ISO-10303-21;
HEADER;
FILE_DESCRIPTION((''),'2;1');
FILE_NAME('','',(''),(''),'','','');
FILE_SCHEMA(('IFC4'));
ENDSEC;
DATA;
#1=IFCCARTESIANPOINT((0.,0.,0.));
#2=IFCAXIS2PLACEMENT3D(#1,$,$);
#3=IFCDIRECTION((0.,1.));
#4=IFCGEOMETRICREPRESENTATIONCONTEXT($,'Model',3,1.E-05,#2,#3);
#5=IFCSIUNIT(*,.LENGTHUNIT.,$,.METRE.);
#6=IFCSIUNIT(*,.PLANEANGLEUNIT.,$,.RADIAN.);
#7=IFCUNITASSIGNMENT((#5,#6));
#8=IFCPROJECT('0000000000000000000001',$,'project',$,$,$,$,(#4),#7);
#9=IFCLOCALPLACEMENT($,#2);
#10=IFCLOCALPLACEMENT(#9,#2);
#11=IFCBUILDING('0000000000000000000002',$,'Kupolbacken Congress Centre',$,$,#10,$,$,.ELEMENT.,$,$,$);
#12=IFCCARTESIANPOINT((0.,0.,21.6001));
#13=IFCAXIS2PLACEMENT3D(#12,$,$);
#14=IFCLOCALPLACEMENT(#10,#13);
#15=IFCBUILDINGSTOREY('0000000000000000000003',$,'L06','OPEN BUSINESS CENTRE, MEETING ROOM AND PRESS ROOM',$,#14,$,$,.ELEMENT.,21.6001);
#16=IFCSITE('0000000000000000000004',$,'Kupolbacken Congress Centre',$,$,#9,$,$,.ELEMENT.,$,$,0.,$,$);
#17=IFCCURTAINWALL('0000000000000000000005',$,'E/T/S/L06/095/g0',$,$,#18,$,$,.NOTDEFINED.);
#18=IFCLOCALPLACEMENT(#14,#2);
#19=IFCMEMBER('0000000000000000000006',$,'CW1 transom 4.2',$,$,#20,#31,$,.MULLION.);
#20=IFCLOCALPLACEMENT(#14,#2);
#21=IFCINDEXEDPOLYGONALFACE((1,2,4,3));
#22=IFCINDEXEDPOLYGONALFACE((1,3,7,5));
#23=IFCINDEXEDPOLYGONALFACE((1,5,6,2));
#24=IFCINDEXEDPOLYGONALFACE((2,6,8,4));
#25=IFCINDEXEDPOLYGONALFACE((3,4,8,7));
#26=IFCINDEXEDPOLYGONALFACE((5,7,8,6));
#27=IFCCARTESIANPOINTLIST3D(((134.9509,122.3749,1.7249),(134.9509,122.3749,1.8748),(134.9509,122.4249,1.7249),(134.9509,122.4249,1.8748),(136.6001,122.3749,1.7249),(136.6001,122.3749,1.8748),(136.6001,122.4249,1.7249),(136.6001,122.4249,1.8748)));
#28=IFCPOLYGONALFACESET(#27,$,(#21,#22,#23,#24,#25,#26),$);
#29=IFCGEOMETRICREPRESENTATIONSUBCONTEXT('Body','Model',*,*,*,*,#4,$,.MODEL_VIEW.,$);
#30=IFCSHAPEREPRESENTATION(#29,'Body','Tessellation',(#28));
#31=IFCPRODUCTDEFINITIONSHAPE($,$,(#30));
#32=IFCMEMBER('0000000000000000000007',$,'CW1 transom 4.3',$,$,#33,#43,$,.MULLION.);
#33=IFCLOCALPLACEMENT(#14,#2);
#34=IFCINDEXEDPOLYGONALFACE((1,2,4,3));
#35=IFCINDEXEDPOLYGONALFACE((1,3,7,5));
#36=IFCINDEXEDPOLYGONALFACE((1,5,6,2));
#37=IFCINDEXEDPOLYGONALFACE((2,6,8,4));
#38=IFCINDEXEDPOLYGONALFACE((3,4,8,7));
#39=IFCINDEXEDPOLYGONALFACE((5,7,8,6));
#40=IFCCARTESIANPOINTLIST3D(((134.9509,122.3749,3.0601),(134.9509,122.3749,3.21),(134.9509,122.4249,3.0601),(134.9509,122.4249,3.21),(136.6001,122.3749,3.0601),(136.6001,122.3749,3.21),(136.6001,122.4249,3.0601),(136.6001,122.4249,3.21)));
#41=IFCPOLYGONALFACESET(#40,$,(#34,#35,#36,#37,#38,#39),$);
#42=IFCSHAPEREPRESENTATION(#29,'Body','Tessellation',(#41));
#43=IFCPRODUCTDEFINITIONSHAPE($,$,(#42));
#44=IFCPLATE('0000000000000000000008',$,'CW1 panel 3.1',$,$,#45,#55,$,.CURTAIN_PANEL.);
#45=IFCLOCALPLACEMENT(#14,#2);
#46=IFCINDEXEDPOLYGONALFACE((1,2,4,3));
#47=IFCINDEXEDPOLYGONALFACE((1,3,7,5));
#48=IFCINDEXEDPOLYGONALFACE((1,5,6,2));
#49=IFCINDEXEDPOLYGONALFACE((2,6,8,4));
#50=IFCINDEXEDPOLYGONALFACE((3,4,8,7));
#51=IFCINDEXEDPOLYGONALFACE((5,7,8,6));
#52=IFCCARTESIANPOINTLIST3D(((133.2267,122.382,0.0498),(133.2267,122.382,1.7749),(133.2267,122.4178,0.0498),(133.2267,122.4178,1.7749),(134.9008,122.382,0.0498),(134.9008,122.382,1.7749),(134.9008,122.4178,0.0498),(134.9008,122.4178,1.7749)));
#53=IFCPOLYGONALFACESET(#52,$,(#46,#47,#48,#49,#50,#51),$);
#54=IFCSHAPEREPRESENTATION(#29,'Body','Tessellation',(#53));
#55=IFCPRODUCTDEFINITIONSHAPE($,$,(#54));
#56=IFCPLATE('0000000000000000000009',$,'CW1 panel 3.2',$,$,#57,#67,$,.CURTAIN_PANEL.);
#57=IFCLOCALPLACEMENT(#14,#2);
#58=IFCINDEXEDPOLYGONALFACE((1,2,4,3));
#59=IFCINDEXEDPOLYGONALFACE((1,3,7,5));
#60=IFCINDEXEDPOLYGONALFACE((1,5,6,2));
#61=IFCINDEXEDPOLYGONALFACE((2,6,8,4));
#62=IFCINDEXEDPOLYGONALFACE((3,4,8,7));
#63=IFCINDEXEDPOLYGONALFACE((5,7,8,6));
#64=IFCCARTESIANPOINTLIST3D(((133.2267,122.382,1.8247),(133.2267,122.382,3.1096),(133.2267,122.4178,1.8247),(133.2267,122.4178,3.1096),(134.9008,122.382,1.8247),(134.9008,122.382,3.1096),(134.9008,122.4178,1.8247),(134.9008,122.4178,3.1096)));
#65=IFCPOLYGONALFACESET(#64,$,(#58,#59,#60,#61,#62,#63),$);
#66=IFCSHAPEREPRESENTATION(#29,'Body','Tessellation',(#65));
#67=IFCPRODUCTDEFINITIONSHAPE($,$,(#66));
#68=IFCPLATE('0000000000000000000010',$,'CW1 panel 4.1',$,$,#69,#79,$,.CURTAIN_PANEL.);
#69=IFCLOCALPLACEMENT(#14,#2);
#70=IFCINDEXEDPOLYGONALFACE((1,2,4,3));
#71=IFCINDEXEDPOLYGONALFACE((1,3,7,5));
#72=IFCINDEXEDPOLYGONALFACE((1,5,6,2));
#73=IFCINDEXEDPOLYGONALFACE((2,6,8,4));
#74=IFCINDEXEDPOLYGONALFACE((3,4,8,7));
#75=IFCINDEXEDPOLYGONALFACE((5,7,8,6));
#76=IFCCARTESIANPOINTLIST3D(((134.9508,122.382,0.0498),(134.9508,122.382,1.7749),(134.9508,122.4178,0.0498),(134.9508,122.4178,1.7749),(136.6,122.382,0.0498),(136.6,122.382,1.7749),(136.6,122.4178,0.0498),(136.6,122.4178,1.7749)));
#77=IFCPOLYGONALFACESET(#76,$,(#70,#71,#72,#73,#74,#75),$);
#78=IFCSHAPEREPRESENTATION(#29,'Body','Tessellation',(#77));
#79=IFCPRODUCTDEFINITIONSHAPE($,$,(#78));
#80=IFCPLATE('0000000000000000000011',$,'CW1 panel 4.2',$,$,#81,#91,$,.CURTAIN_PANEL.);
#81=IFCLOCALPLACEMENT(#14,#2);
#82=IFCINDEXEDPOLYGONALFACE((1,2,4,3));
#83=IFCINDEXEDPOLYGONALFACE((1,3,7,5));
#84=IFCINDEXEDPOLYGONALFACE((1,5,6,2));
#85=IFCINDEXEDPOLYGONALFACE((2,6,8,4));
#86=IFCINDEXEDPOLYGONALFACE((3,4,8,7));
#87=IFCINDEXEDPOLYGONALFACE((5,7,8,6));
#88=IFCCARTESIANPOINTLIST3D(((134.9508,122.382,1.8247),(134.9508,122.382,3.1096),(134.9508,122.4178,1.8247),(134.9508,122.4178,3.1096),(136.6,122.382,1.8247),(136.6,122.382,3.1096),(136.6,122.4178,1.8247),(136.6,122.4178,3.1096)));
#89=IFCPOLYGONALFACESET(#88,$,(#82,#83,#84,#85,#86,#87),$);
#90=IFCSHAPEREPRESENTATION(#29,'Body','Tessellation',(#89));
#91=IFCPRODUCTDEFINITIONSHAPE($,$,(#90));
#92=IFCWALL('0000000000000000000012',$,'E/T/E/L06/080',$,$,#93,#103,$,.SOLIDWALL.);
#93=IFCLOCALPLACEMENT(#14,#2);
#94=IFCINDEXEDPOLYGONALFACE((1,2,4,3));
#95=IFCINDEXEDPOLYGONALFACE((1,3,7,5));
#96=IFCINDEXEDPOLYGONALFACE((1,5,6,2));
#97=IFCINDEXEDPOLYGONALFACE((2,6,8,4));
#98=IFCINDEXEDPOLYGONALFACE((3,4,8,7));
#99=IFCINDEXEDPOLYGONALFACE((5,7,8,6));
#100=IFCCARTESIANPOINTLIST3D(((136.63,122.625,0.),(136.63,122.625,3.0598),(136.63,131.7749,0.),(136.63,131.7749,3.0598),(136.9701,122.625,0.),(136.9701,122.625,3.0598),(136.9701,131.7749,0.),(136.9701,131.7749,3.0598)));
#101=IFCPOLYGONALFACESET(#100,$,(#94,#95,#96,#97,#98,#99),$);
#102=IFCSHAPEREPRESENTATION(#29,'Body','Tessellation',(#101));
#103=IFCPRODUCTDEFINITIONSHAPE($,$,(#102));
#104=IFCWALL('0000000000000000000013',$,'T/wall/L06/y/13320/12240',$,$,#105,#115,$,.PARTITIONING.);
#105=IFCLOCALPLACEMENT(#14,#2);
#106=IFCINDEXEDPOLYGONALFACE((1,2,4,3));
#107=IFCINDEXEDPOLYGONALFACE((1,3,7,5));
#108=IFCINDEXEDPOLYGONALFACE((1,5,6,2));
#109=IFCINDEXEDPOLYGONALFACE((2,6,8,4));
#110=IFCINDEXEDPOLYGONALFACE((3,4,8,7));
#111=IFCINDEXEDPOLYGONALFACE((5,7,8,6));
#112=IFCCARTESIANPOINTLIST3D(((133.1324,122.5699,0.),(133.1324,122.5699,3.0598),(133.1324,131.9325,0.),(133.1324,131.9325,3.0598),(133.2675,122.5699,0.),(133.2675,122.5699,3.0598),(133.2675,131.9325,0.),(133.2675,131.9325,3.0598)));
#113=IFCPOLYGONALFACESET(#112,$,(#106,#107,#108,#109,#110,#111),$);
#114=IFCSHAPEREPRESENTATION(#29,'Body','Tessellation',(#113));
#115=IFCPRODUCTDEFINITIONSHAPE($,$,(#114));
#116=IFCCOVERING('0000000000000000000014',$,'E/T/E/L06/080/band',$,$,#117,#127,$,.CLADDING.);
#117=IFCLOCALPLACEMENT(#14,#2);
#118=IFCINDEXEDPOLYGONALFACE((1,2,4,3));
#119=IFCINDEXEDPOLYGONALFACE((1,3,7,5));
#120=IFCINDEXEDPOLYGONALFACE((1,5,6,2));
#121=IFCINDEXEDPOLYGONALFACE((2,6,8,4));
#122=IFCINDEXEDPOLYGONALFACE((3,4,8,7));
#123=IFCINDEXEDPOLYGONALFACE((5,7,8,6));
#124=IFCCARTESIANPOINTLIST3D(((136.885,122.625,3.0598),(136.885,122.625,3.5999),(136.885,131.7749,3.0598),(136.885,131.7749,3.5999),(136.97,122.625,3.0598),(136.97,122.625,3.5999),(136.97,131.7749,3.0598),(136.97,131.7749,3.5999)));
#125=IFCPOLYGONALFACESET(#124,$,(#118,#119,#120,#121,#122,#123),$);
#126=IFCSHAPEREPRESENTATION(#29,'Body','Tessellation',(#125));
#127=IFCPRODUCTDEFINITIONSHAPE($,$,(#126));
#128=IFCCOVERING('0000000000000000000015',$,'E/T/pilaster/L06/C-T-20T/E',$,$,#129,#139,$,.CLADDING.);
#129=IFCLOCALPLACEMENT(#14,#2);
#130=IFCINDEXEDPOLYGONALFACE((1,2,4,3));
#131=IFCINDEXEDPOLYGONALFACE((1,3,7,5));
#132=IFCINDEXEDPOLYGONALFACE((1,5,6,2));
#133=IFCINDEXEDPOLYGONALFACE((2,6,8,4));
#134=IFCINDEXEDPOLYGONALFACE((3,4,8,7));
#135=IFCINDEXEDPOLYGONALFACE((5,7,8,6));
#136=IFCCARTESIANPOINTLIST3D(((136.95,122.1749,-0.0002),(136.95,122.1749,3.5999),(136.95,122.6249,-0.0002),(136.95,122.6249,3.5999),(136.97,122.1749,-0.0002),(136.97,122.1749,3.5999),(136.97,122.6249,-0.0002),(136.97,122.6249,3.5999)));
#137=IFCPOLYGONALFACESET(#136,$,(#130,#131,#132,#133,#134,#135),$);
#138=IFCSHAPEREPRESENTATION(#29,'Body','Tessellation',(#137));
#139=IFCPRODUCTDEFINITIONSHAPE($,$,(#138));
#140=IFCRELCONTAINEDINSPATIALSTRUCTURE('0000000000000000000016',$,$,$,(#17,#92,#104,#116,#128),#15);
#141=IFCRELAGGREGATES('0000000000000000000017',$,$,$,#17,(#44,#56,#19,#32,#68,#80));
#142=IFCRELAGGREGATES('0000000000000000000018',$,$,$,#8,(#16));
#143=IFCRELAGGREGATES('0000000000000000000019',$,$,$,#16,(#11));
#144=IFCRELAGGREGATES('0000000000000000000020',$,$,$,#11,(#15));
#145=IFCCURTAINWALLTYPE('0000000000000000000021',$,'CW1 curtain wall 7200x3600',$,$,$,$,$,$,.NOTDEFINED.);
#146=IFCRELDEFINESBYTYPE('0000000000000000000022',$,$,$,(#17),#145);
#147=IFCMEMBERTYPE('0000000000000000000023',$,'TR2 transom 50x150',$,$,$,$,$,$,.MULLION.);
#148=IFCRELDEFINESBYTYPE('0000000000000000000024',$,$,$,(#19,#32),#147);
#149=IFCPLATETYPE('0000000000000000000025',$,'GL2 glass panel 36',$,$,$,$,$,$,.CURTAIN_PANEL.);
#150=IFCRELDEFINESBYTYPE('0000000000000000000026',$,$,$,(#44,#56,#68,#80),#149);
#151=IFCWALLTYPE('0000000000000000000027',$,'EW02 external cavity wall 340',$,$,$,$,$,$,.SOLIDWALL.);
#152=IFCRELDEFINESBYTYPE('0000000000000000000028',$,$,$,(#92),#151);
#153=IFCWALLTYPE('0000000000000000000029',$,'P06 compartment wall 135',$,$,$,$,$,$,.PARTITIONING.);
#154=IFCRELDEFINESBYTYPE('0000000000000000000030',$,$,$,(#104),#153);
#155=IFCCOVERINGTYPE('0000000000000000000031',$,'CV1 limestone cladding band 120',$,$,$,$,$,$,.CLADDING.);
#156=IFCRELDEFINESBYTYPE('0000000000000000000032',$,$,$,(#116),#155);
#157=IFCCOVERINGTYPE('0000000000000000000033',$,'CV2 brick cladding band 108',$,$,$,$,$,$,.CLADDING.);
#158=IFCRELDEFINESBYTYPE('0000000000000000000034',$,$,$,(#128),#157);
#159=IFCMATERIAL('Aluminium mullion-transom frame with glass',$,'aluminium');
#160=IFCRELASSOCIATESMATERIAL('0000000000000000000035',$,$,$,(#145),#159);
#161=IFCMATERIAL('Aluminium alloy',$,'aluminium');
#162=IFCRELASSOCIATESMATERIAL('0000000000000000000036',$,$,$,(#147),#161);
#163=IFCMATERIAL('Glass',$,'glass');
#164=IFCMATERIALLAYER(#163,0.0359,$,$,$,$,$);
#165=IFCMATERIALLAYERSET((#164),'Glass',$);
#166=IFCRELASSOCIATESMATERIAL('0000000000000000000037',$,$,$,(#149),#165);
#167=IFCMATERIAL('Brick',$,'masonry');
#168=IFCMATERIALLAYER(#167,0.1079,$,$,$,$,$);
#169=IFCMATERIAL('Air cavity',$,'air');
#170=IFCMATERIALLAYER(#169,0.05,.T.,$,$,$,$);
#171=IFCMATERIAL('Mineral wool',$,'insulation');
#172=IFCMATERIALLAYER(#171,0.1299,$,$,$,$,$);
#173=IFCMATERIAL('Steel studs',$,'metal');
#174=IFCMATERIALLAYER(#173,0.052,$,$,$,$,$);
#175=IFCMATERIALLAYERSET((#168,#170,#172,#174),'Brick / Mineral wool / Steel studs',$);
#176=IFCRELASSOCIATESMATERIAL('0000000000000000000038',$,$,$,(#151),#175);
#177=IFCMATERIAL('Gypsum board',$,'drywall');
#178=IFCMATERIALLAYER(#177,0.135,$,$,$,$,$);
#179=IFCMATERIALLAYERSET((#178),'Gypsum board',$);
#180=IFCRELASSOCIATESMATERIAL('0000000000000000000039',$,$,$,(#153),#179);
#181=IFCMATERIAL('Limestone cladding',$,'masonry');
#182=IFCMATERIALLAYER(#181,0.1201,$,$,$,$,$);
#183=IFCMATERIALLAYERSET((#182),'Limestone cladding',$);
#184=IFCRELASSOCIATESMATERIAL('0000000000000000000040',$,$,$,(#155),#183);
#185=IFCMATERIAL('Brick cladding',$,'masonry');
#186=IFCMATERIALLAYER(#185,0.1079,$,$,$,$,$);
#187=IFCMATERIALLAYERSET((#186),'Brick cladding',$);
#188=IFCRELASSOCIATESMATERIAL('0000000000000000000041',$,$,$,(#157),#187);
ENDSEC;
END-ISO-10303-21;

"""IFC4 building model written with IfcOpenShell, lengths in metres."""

from ifc_helpers import new_model, si_unit, direction, frame, frame_2d, origin, origin_2d, place, context, subcontext, project, spatial, rectangle, extrude, material, layer, layer_set, material_profile, profile_set, type_object, element, aggregate, save


model = new_model("IFC4")

# Units and contexts
model_context = context("Model", 3, precision=1e-05, world=origin(), true_north=direction((0.0, 1.0)))
body_context = subcontext(model_context, "Body", "Model", "MODEL_VIEW")
ifc_project = project(units=[si_unit("LENGTHUNIT", "METRE"), si_unit("PLANEANGLEUNIT", "RADIAN")], contexts=[model_context])

# Site, building, storey
site_placement = place(None, origin())
site = spatial("IfcSite", under=ifc_project, at=site_placement, Name="Kupolbacken Congress Centre", CompositionType="ELEMENT", RefElevation=0.0)
building_placement = place(site_placement, origin())
building = spatial("IfcBuilding", under=site, at=building_placement, Name="Kupolbacken Congress Centre", CompositionType="ELEMENT")
storey_placement = place(building_placement, frame((0.0, 0.0, 21.6001)))
storey = spatial("IfcBuildingStorey", under=building, at=storey_placement, Name="L06", Description="OPEN BUSINESS CENTRE, MEETING ROOM AND PRESS ROOM", CompositionType="ELEMENT", Elevation=21.6001)

# Curtain wall, members, plates
ifc_material_1 = material(Name="Aluminium mullion-transom frame with glass", Category="aluminium")
curtain_wall_type = type_object("IfcCurtainWallType", Name="CW1 curtain wall 7200x3600", PredefinedType="NOTDEFINED", material=ifc_material_1)
curtain_wall_placement = place(storey_placement, origin())
curtain_wall = element("IfcCurtainWall", 1, at=curtain_wall_placement, inside=storey, type_object=curtain_wall_type, Name="E/T/S/L06/095/g0", PredefinedType="NOTDEFINED")
ifc_material_2 = material(Name="Aluminium alloy", Category="aluminium")
ifc_material_profile_1 = material_profile(ifc_material_2, rectangle(XDim=0.05, YDim=0.1499, at=origin_2d()), Name="50 x 150")
ifc_profile_set_1 = profile_set([ifc_material_profile_1], Name="Aluminium alloy")
member_type_1 = type_object("IfcMemberType", Name="TR2 transom 50x150", PredefinedType="MULLION", material=ifc_profile_set_1)
member_1_placement = place(storey_placement, frame((134.9509, 122.3999, 1.7998), z_axis=(1.0, 0.0, 0.0), x_axis=(0.0, 1.0, 0.0)))
member_1 = element("IfcMember", 2, at=member_1_placement, type_object=member_type_1, Name="CW1 transom 4.2", PredefinedType="MULLION", context=body_context, shape_type="SweptSolid", body=[
    extrude(rectangle(XDim=0.05, YDim=0.1499, at=origin_2d()), origin(), (0.0, 0.0, 1.0), 1.6492),
])
member_2_placement = place(storey_placement, frame((134.9509, 122.3999, 3.135), z_axis=(1.0, 0.0, 0.0), x_axis=(0.0, 1.0, 0.0)))
member_2 = element("IfcMember", 3, at=member_2_placement, type_object=member_type_1, Name="CW1 transom 4.3", PredefinedType="MULLION", context=body_context, shape_type="SweptSolid", body=[
    extrude(rectangle(XDim=0.05, YDim=0.1499, at=origin_2d()), origin(), (0.0, 0.0, 1.0), 1.6492),
])
ifc_material_3 = material(Name="Glass", Category="glass")
ifc_layer_1 = layer(ifc_material_3, 0.0359)
ifc_layer_set_1 = layer_set([ifc_layer_1], Name="Glass")
plate_type = type_object("IfcPlateType", Name="GL2 glass panel 36", PredefinedType="CURTAIN_PANEL", material=ifc_layer_set_1)
plate_1_placement = place(storey_placement, frame((134.0637, 122.3999, 0.0498), z_axis=(0.0, 0.0, 1.0), x_axis=(1.0, 0.0, 0.0)))
plate_1 = element("IfcPlate", 4, at=plate_1_placement, type_object=plate_type, Name="CW1 panel 3.1", PredefinedType="CURTAIN_PANEL", context=body_context, shape_type="SweptSolid", body=[
    extrude(rectangle(XDim=1.6741, YDim=0.0359, at=origin_2d()), origin(), (0.0, 0.0, 1.0), 1.7251),
])
plate_2_placement = place(storey_placement, frame((134.0637, 122.3999, 1.8247), z_axis=(0.0, 0.0, 1.0), x_axis=(1.0, 0.0, 0.0)))
plate_2 = element("IfcPlate", 5, at=plate_2_placement, type_object=plate_type, Name="CW1 panel 3.2", PredefinedType="CURTAIN_PANEL", context=body_context, shape_type="SweptSolid", body=[
    extrude(rectangle(XDim=1.6741, YDim=0.0359, at=origin_2d()), origin(), (0.0, 0.0, 1.0), 1.2849),
])
plate_3_placement = place(storey_placement, frame((135.7754, 122.3999, 0.0498), z_axis=(0.0, 0.0, 1.0), x_axis=(1.0, 0.0, 0.0)))
plate_3 = element("IfcPlate", 6, at=plate_3_placement, type_object=plate_type, Name="CW1 panel 4.1", PredefinedType="CURTAIN_PANEL", context=body_context, shape_type="SweptSolid", body=[
    extrude(rectangle(XDim=1.6492, YDim=0.0359, at=origin_2d()), origin(), (0.0, 0.0, 1.0), 1.7251),
])
plate_4_placement = place(storey_placement, frame((135.7754, 122.3999, 1.8247), z_axis=(0.0, 0.0, 1.0), x_axis=(1.0, 0.0, 0.0)))
plate_4 = element("IfcPlate", 7, at=plate_4_placement, type_object=plate_type, Name="CW1 panel 4.2", PredefinedType="CURTAIN_PANEL", context=body_context, shape_type="SweptSolid", body=[
    extrude(rectangle(XDim=1.6492, YDim=0.0359, at=origin_2d()), origin(), (0.0, 0.0, 1.0), 1.2849),
])
aggregate(curtain_wall, [plate_1, plate_2, member_1, member_2, plate_3, plate_4])

# Walls
ifc_material_4 = material(Name="Brick", Category="masonry")
ifc_layer_2 = layer(ifc_material_4, 0.1079)
ifc_material_5 = material(Name="Air cavity", Category="air")
ifc_layer_3 = layer(ifc_material_5, 0.05, ventilated=True)
ifc_material_6 = material(Name="Mineral wool", Category="insulation")
ifc_layer_4 = layer(ifc_material_6, 0.1299)
ifc_material_7 = material(Name="Steel studs", Category="metal")
ifc_layer_5 = layer(ifc_material_7, 0.052)
ifc_layer_set_2 = layer_set([ifc_layer_2, ifc_layer_3, ifc_layer_4, ifc_layer_5], Name="Brick / Mineral wool / Steel studs")
wall_type_1 = type_object("IfcWallType", Name="EW02 external cavity wall 340", PredefinedType="SOLIDWALL", material=ifc_layer_set_2)
wall_1_placement = place(storey_placement, frame((136.8, 122.625, 0.0), z_axis=(0.0, 0.0, 1.0), x_axis=(0.0, 1.0, 0.0)))
element("IfcWall", 8, at=wall_1_placement, inside=storey, type_object=wall_type_1, Name="E/T/E/L06/080", PredefinedType="SOLIDWALL", context=body_context, shape_type="SweptSolid", body=[
    extrude(rectangle(XDim=9.1499, YDim=0.3401, at=frame_2d((4.575, 0.0))), origin(), (0.0, 0.0, 1.0), 3.0598),
])
ifc_material_8 = material(Name="Gypsum board", Category="drywall")
ifc_layer_6 = layer(ifc_material_8, 0.135)
ifc_layer_set_3 = layer_set([ifc_layer_6], Name="Gypsum board")
wall_type_2 = type_object("IfcWallType", Name="P06 compartment wall 135", PredefinedType="PARTITIONING", material=ifc_layer_set_3)
wall_2_placement = place(storey_placement, frame((133.2, 122.5701, 0.0), z_axis=(0.0, 0.0, 1.0), x_axis=(0.0, 1.0, 0.0)))
element("IfcWall", 9, at=wall_2_placement, inside=storey, type_object=wall_type_2, Name="T/wall/L06/y/13320/12240", PredefinedType="PARTITIONING", context=body_context, shape_type="SweptSolid", body=[
    extrude(rectangle(XDim=9.3625, YDim=0.135, at=frame_2d((4.6812, 0.0))), origin(), (0.0, 0.0, 1.0), 3.0598),
])

# Coverings
ifc_material_9 = material(Name="Limestone cladding", Category="masonry")
ifc_layer_7 = layer(ifc_material_9, 0.1201)
ifc_layer_set_4 = layer_set([ifc_layer_7], Name="Limestone cladding")
covering_type_1 = type_object("IfcCoveringType", Name="CV1 limestone cladding band 120", PredefinedType="CLADDING", material=ifc_layer_set_4)
covering_1_placement = place(storey_placement, frame((136.9275, 127.2, 3.0598), z_axis=(0.0, 0.0, 1.0), x_axis=(0.0, 1.0, 0.0)))
element("IfcCovering", 10, at=covering_1_placement, inside=storey, type_object=covering_type_1, Name="E/T/E/L06/080/band", PredefinedType="CLADDING", context=body_context, shape_type="SweptSolid", body=[
    extrude(rectangle(XDim=9.1499, YDim=0.085, at=origin_2d()), origin(), (0.0, 0.0, 1.0), 0.54),
])
ifc_material_10 = material(Name="Brick cladding", Category="masonry")
ifc_layer_8 = layer(ifc_material_10, 0.1079)
ifc_layer_set_5 = layer_set([ifc_layer_8], Name="Brick cladding")
covering_type_2 = type_object("IfcCoveringType", Name="CV2 brick cladding band 108", PredefinedType="CLADDING", material=ifc_layer_set_5)
covering_2_placement = place(storey_placement, frame((136.96, 122.3999, -0.0002), z_axis=(0.0, 0.0, 1.0), x_axis=(1.0, 0.0, 0.0)))
element("IfcCovering", 11, at=covering_2_placement, inside=storey, type_object=covering_type_2, Name="E/T/pilaster/L06/C-T-20T/E", PredefinedType="CLADDING", context=body_context, shape_type="SweptSolid", body=[
    extrude(rectangle(XDim=0.02, YDim=0.45, at=origin_2d()), origin(), (0.0, 0.0, 1.0), 3.6001),
])

save(model, "model.ifc")
